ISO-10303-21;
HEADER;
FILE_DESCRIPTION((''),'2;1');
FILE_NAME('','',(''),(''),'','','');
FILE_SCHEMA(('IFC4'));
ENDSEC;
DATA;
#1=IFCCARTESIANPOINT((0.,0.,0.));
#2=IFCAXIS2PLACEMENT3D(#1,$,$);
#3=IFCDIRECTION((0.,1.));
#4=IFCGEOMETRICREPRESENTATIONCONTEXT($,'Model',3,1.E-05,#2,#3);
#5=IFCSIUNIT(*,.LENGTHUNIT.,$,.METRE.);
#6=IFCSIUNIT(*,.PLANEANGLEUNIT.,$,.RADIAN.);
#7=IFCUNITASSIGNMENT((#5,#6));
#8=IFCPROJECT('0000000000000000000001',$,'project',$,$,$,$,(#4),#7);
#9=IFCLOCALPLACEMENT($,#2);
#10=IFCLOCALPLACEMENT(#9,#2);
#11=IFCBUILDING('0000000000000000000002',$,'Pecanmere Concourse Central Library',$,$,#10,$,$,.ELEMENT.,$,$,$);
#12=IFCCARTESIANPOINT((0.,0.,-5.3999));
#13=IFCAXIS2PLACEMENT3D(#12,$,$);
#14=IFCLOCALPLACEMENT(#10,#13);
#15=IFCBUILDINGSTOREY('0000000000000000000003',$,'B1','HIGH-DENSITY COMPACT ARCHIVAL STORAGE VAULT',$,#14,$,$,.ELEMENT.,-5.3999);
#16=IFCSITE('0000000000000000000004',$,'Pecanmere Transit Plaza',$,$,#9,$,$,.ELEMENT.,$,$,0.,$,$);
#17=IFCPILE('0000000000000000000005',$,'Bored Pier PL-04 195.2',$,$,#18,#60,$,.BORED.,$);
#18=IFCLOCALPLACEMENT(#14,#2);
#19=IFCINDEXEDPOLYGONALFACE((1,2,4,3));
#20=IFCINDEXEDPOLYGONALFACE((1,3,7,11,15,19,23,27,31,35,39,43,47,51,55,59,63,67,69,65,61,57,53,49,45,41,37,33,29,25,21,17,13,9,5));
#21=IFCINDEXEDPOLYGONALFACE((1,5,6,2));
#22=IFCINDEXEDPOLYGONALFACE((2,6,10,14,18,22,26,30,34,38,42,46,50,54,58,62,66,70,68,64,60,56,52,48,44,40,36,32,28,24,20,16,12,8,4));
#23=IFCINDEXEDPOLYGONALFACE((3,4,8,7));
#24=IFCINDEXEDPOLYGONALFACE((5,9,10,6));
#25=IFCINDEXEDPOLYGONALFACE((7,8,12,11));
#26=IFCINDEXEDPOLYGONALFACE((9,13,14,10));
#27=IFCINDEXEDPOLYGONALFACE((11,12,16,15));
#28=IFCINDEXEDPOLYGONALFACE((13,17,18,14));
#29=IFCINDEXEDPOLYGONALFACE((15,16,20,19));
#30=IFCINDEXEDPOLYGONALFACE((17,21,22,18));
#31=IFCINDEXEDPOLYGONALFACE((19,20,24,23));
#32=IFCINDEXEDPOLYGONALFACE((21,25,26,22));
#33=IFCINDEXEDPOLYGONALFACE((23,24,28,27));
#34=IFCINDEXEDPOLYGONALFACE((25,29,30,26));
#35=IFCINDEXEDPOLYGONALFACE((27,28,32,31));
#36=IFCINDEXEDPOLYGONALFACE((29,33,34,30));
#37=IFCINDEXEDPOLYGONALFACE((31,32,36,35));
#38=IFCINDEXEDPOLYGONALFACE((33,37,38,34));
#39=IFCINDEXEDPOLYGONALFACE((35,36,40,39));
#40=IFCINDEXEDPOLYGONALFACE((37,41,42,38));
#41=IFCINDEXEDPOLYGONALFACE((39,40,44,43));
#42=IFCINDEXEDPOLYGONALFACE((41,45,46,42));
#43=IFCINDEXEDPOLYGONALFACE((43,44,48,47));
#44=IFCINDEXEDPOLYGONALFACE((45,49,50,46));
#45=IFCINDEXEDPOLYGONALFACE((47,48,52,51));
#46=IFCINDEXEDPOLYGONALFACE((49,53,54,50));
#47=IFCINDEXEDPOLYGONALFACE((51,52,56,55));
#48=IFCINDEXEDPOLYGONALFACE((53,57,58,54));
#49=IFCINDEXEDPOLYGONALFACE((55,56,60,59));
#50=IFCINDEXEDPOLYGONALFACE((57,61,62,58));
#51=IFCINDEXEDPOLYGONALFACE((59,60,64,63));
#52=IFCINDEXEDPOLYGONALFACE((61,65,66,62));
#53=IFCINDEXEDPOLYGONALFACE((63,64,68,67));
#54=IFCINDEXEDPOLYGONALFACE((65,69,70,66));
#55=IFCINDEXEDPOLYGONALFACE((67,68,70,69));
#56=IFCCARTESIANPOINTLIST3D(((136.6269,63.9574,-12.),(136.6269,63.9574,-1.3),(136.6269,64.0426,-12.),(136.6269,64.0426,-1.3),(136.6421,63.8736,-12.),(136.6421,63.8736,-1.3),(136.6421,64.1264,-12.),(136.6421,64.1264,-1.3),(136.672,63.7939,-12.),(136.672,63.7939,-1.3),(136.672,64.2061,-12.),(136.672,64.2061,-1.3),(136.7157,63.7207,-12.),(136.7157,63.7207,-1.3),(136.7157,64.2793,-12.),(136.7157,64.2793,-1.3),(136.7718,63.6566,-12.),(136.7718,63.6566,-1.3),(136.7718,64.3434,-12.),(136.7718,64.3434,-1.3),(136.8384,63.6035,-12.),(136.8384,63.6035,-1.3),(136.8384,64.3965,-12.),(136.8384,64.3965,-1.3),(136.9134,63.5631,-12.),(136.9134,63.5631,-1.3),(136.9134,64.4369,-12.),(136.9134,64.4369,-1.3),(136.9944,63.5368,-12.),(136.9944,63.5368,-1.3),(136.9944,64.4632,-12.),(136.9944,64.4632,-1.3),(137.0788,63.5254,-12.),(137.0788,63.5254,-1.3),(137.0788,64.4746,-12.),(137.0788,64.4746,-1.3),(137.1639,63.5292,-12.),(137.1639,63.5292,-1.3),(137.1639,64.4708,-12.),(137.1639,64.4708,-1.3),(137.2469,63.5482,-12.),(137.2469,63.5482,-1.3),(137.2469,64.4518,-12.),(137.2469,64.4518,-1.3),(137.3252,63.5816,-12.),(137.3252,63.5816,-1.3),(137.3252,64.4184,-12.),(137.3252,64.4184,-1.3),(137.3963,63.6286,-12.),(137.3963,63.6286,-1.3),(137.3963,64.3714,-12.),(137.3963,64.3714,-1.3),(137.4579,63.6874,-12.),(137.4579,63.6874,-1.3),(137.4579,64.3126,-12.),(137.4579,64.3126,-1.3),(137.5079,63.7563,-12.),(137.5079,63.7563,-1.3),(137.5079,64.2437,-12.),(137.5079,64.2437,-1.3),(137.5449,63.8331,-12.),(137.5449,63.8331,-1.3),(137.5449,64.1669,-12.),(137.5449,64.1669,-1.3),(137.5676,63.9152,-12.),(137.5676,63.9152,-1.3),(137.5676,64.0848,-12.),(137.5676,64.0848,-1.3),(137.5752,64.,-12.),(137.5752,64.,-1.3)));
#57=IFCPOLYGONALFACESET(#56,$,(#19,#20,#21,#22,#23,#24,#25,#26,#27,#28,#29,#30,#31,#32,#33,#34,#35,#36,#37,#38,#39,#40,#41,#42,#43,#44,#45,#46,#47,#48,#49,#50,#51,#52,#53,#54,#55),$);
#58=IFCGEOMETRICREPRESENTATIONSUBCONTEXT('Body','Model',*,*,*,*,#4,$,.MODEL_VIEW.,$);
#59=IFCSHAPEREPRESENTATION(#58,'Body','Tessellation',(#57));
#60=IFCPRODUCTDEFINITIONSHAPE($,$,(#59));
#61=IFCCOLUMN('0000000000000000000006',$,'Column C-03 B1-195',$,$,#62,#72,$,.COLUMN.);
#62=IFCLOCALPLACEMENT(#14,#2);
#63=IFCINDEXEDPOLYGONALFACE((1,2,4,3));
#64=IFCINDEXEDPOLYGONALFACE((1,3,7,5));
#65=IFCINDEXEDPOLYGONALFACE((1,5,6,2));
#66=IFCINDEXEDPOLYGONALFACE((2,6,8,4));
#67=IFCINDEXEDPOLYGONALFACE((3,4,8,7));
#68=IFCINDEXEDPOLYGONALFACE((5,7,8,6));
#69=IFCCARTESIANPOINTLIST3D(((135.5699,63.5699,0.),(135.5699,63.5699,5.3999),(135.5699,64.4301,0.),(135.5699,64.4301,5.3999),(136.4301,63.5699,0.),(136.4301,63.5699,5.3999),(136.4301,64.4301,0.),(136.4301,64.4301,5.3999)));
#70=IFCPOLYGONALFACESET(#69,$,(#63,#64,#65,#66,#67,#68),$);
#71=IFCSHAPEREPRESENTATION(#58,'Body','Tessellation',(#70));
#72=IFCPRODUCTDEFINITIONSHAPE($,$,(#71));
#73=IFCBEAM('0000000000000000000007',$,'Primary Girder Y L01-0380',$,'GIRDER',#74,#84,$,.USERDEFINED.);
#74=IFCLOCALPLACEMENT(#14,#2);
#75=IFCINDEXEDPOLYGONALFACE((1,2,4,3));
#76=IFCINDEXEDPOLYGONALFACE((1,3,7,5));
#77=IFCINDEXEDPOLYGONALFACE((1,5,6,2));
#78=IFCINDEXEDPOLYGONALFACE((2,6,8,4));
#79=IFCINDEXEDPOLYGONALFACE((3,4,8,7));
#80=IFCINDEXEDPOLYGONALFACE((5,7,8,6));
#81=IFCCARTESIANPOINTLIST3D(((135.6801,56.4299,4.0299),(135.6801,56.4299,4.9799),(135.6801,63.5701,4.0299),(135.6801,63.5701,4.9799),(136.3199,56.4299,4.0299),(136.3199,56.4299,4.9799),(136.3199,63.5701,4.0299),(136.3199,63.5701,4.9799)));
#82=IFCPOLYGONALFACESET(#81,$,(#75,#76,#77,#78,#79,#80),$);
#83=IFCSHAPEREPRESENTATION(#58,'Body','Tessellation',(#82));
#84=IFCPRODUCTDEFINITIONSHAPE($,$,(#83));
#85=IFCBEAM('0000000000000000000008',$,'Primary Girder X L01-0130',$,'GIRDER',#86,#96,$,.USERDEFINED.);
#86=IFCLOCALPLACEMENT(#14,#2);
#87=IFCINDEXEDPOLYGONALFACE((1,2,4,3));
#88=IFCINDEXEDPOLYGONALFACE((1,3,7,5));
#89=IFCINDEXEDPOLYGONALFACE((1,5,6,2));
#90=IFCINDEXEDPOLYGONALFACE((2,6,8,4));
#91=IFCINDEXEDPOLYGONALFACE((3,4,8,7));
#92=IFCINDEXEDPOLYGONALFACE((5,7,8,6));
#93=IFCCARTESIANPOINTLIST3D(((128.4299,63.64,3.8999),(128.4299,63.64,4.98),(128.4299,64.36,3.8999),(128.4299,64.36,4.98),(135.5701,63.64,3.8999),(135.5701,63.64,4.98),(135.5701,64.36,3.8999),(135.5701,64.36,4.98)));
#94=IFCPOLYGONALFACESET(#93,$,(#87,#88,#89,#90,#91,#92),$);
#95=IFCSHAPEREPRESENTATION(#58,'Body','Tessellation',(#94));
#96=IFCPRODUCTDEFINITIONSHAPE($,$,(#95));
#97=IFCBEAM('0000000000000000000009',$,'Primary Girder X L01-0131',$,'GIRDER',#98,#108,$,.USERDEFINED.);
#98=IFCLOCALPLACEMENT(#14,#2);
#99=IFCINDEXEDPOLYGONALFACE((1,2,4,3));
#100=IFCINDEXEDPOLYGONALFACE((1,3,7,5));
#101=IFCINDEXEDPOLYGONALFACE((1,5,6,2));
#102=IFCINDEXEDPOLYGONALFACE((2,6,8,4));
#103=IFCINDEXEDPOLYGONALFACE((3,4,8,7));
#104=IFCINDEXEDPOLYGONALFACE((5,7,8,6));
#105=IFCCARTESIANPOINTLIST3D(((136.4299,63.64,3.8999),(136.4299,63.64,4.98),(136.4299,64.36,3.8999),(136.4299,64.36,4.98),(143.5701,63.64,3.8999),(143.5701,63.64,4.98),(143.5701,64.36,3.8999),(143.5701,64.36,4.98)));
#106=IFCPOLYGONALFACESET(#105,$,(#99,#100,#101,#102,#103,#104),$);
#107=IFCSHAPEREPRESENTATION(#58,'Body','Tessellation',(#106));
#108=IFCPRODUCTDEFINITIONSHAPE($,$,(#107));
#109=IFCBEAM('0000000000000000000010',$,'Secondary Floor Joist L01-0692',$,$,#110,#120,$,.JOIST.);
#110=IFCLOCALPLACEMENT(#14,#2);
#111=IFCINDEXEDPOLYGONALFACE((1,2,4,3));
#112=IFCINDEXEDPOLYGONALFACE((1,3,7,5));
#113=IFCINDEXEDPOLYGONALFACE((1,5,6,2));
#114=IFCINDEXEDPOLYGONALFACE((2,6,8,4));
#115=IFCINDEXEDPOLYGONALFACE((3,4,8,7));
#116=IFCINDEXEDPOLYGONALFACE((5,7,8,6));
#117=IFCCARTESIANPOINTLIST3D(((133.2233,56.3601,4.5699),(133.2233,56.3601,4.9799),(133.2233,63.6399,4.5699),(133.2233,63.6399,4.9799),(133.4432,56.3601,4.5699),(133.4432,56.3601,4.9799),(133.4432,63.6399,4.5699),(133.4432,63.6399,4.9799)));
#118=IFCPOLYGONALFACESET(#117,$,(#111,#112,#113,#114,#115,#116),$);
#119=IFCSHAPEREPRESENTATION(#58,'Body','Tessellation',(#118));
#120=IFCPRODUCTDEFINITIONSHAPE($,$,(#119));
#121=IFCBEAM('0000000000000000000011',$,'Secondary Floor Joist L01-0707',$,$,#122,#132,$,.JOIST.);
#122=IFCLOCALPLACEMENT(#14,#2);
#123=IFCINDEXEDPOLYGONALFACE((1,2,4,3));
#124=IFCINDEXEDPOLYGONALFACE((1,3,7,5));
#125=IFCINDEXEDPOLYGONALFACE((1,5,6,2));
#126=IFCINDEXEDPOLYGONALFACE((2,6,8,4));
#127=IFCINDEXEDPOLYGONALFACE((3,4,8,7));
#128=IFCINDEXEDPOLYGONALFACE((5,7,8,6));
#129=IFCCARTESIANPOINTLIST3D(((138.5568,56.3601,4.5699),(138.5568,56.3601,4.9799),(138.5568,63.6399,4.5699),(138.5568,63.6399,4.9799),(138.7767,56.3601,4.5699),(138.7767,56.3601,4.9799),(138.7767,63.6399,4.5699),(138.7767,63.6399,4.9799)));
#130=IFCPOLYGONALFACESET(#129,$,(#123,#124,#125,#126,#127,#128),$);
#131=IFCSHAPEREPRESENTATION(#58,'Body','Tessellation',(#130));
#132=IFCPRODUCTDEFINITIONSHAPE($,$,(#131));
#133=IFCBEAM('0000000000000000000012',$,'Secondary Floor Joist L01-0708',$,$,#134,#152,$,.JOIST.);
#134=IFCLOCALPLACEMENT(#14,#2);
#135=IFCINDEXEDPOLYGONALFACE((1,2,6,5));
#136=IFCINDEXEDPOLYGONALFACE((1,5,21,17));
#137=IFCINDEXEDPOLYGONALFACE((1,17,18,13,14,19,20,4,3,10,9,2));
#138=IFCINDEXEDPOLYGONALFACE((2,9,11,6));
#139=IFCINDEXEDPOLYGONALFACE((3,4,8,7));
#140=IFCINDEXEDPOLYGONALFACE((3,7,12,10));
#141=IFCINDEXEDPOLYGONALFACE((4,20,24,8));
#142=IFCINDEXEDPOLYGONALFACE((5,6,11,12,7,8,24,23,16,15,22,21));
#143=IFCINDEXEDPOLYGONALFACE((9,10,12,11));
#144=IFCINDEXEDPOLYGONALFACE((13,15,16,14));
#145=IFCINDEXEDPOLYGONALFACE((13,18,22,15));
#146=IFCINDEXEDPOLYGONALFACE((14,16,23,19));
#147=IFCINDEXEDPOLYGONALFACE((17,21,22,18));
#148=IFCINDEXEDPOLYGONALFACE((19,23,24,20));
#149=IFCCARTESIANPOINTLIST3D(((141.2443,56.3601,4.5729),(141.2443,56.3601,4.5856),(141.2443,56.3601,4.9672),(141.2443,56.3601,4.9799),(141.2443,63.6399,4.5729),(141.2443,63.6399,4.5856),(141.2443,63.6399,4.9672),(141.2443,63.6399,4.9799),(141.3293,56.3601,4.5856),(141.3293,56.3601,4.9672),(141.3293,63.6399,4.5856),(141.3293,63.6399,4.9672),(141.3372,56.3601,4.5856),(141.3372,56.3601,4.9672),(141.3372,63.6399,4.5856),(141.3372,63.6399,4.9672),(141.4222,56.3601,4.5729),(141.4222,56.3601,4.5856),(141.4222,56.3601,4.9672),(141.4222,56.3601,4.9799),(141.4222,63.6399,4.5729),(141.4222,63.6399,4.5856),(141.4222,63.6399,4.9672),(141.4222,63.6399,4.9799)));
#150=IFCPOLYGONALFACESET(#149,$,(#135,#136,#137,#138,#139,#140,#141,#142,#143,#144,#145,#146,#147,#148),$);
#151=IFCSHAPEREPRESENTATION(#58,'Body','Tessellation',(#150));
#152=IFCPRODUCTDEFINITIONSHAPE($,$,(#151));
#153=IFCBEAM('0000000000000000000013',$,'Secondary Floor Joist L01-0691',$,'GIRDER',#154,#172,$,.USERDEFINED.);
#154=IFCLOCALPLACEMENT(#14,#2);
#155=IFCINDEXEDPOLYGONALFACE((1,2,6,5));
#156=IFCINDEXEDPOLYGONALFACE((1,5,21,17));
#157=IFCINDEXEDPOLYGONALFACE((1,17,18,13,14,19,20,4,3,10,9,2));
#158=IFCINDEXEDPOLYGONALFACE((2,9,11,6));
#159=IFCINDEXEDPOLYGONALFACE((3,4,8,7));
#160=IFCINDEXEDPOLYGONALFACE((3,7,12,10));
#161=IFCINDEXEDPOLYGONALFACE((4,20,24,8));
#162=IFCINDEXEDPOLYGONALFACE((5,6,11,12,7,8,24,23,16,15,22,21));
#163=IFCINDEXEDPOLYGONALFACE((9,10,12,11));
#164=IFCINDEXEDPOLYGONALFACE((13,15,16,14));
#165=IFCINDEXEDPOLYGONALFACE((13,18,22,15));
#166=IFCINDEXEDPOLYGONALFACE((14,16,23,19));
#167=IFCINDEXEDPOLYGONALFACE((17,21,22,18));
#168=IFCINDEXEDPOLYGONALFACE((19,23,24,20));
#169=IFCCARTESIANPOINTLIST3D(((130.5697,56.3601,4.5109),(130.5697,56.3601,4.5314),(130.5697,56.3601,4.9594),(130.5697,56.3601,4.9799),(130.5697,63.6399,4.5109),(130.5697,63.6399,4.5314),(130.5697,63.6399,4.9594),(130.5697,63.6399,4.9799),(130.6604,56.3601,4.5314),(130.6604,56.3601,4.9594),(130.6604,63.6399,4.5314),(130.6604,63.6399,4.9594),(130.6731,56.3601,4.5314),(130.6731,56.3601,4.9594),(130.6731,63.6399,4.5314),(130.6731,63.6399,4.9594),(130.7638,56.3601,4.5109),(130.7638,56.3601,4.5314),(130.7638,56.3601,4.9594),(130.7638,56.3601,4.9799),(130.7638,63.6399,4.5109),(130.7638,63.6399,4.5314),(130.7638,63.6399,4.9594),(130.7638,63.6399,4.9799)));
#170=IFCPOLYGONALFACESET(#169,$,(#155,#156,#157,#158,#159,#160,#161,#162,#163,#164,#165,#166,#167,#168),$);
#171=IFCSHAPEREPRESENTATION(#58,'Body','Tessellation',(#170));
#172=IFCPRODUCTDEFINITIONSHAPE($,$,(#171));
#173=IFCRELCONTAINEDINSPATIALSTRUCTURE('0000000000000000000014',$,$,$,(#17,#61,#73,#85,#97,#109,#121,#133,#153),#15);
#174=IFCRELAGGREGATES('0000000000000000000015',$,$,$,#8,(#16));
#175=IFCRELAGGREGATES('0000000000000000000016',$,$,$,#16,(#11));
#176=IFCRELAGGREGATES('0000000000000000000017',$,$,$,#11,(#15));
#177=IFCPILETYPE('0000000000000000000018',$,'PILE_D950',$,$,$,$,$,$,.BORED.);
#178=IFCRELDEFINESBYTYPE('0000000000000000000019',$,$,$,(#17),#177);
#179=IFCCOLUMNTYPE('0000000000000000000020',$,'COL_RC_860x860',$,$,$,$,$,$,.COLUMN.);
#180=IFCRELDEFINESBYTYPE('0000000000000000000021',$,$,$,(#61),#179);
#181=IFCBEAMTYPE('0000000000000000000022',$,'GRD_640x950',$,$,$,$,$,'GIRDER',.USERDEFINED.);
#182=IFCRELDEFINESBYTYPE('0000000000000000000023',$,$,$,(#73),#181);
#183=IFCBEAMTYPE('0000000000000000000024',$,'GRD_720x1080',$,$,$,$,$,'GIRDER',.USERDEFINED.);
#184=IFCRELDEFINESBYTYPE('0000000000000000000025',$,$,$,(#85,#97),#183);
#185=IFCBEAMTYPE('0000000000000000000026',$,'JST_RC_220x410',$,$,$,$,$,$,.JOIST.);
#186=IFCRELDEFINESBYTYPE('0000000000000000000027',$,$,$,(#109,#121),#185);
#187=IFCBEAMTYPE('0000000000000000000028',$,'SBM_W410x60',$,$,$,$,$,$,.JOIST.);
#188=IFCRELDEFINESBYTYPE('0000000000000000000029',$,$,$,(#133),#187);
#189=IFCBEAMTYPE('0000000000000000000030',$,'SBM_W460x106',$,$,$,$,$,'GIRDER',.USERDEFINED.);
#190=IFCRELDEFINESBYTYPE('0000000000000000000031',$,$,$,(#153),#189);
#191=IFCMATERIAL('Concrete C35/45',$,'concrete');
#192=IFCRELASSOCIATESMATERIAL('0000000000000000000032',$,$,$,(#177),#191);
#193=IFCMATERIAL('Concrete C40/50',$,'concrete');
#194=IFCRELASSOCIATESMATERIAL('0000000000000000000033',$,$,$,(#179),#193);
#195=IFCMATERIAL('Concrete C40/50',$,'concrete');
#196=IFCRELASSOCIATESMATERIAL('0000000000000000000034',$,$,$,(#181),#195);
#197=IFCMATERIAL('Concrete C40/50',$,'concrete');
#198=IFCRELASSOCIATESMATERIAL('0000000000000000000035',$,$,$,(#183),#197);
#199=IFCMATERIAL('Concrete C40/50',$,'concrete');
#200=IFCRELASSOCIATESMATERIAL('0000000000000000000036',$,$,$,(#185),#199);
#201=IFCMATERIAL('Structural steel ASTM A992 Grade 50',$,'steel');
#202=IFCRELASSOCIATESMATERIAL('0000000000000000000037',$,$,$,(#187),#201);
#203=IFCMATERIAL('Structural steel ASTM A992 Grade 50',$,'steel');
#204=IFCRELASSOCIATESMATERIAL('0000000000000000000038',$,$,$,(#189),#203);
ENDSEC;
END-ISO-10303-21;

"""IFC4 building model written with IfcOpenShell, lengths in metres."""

from ifc_helpers import new_model, si_unit, direction, frame, origin, origin_2d, place, context, subcontext, project, spatial, rectangle, circle, i_section, extrude, material, material_profile, profile_set, type_object, element, save


model = new_model("IFC4")

# Units and contexts
model_context = context("Model", 3, precision=1e-05, world=origin(), true_north=direction((0.0, 1.0)))
body_context = subcontext(model_context, "Body", "Model", "MODEL_VIEW")
ifc_project = project(units=[si_unit("LENGTHUNIT", "METRE"), si_unit("PLANEANGLEUNIT", "RADIAN")], contexts=[model_context])

# Site, building, storey
site_placement = place(None, origin())
site = spatial("IfcSite", under=ifc_project, at=site_placement, Name="Pecanmere Transit Plaza", CompositionType="ELEMENT", RefElevation=0.0)
building_placement = place(site_placement, origin())
building = spatial("IfcBuilding", under=site, at=building_placement, Name="Pecanmere Concourse Central Library", CompositionType="ELEMENT")
storey_placement = place(building_placement, frame((0.0, 0.0, -5.3999)))
storey = spatial("IfcBuildingStorey", under=building, at=storey_placement, Name="B1", Description="HIGH-DENSITY COMPACT ARCHIVAL STORAGE VAULT", CompositionType="ELEMENT", Elevation=-5.3999)

# Pile
ifc_material_1 = material(Name="Concrete C35/45", Category="concrete")
ifc_material_profile_1 = material_profile(ifc_material_1, circle(Radius=0.4751, at=origin_2d()), Name="PIER D950")
ifc_profile_set_1 = profile_set([ifc_material_profile_1], Name="Concrete C35/45")
pile_type_1 = type_object("IfcPileType", Name="PILE_D950", PredefinedType="BORED", material=ifc_profile_set_1)
for number, where, z_axis, x_axis, name in (
    (1, (137.1001, 64.0, -1.3), (0.0, 0.0, -1.0), (1.0, 0.0, 0.0), "Bored Pier PL-04 195.2"),
):
    element("IfcPile", number, at=place(storey_placement, frame(where, z_axis=z_axis, x_axis=x_axis)), inside=storey, type_object=pile_type_1, Name=name, PredefinedType="BORED", context=body_context, shape_type="SweptSolid", body=[
        extrude(circle(Radius=0.4751, at=origin_2d()), origin(), (0.0, 0.0, 1.0), 10.7),
    ])

# Column
ifc_material_2 = material(Name="Concrete C40/50", Category="concrete")
ifc_material_profile_2 = material_profile(ifc_material_2, rectangle(XDim=0.8601, YDim=0.8601, at=origin_2d()), Name="RC 860x860")
ifc_profile_set_2 = profile_set([ifc_material_profile_2], Name="Concrete C40/50")
column_type = type_object("IfcColumnType", Name="COL_RC_860x860", PredefinedType="COLUMN", material=ifc_profile_set_2)
column_placement = place(storey_placement, frame((136.0, 64.0, 0.0), z_axis=(0.0, 0.0, 1.0), x_axis=(1.0, 0.0, 0.0)))
element("IfcColumn", 2, at=column_placement, inside=storey, type_object=column_type, Name="Column C-03 B1-195", PredefinedType="COLUMN", context=body_context, shape_type="SweptSolid", body=[
    extrude(rectangle(XDim=0.8601, YDim=0.8601, at=origin_2d()), origin(), (0.0, 0.0, 1.0), 5.3999),
])

# Beams
ifc_material_3 = material(Name="Concrete C40/50", Category="concrete")
ifc_material_profile_3 = material_profile(ifc_material_3, rectangle(XDim=0.6399, YDim=0.95, at=origin_2d()), Name="RC 640x950")
ifc_profile_set_3 = profile_set([ifc_material_profile_3], Name="Concrete C40/50")
beam_type_1 = type_object("IfcBeamType", Name="GRD_640x950", ElementType="GIRDER", PredefinedType="USERDEFINED", material=ifc_profile_set_3)
beam_1_placement = place(storey_placement, frame((136.0, 56.4299, 4.5049), z_axis=(0.0, 1.0, 0.0), x_axis=(-1.0, 0.0, 0.0)))
element("IfcBeam", 3, at=beam_1_placement, inside=storey, type_object=beam_type_1, Name="Primary Girder Y L01-0380", ObjectType="GIRDER", PredefinedType="USERDEFINED", context=body_context, shape_type="SweptSolid", body=[
    extrude(rectangle(XDim=0.6399, YDim=0.95, at=origin_2d()), origin(), (0.0, 0.0, 1.0), 7.1401),
])
ifc_material_4 = material(Name="Concrete C40/50", Category="concrete")
ifc_material_profile_4 = material_profile(ifc_material_4, rectangle(XDim=0.72, YDim=1.0801, at=origin_2d()), Name="RC 720x1080")
ifc_profile_set_4 = profile_set([ifc_material_profile_4], Name="Concrete C40/50")
beam_type_2 = type_object("IfcBeamType", Name="GRD_720x1080", ElementType="GIRDER", PredefinedType="USERDEFINED", material=ifc_profile_set_4)
for number, where, z_axis, x_axis, name in (
    (4, (128.4299, 64.0, 4.4399), (1.0, 0.0, 0.0), (0.0, 1.0, 0.0), "Primary Girder X L01-0130"),
    (5, (136.4299, 64.0, 4.4399), (1.0, 0.0, 0.0), (0.0, 1.0, 0.0), "Primary Girder X L01-0131"),
):
    element("IfcBeam", number, at=place(storey_placement, frame(where, z_axis=z_axis, x_axis=x_axis)), inside=storey, type_object=beam_type_2, Name=name, ObjectType="GIRDER", PredefinedType="USERDEFINED", context=body_context, shape_type="SweptSolid", body=[
        extrude(rectangle(XDim=0.72, YDim=1.0801, at=origin_2d()), origin(), (0.0, 0.0, 1.0), 7.1401),
    ])
ifc_material_5 = material(Name="Concrete C40/50", Category="concrete")
ifc_material_profile_5 = material_profile(ifc_material_5, rectangle(XDim=0.22, YDim=0.4099, at=origin_2d()), Name="RC 220x410")
ifc_profile_set_5 = profile_set([ifc_material_profile_5], Name="Concrete C40/50")
beam_type_3 = type_object("IfcBeamType", Name="JST_RC_220x410", PredefinedType="JOIST", material=ifc_profile_set_5)
for number, where, z_axis, x_axis, name in (
    (6, (133.3333, 56.3601, 4.7749), (0.0, 1.0, 0.0), (-1.0, 0.0, 0.0), "Secondary Floor Joist L01-0692"),
    (7, (138.6667, 56.3601, 4.7749), (0.0, 1.0, 0.0), (-1.0, 0.0, 0.0), "Secondary Floor Joist L01-0707"),
):
    element("IfcBeam", number, at=place(storey_placement, frame(where, z_axis=z_axis, x_axis=x_axis)), inside=storey, type_object=beam_type_3, Name=name, PredefinedType="JOIST", context=body_context, shape_type="SweptSolid", body=[
        extrude(rectangle(XDim=0.22, YDim=0.4099, at=origin_2d()), origin(), (0.0, 0.0, 1.0), 7.2798),
    ])
ifc_material_6 = material(Name="Structural steel ASTM A992 Grade 50", Category="steel")
ifc_material_profile_6 = material_profile(ifc_material_6, i_section(OverallWidth=0.178, OverallDepth=0.407, WebThickness=0.0078, FlangeThickness=0.0127, at=origin_2d()), Name="W410x60")
ifc_profile_set_6 = profile_set([ifc_material_profile_6], Name="Structural steel ASTM A992 Grade 50")
beam_type_4 = type_object("IfcBeamType", Name="SBM_W410x60", PredefinedType="JOIST", material=ifc_profile_set_6)
beam_2_placement = place(storey_placement, frame((141.3333, 56.3601, 4.7764), z_axis=(0.0, 1.0, 0.0), x_axis=(-1.0, 0.0, 0.0)))
element("IfcBeam", 8, at=beam_2_placement, inside=storey, type_object=beam_type_4, Name="Secondary Floor Joist L01-0708", PredefinedType="JOIST", context=body_context, shape_type="SweptSolid", body=[
    extrude(i_section(OverallWidth=0.178, OverallDepth=0.407, WebThickness=0.0078, FlangeThickness=0.0127, at=origin_2d()), origin(), (0.0, 0.0, 1.0), 7.2798),
])
ifc_material_7 = material(Name="Structural steel ASTM A992 Grade 50", Category="steel")
ifc_material_profile_7 = material_profile(ifc_material_7, i_section(OverallWidth=0.1941, OverallDepth=0.469, WebThickness=0.0127, FlangeThickness=0.0205, at=origin_2d()), Name="W460x106")
ifc_profile_set_7 = profile_set([ifc_material_profile_7], Name="Structural steel ASTM A992 Grade 50")
beam_type_5 = type_object("IfcBeamType", Name="SBM_W460x106", ElementType="GIRDER", PredefinedType="USERDEFINED", material=ifc_profile_set_7)
beam_3_placement = place(storey_placement, frame((130.6667, 56.3601, 4.7454), z_axis=(0.0, 1.0, 0.0), x_axis=(-1.0, 0.0, 0.0)))
element("IfcBeam", 9, at=beam_3_placement, inside=storey, type_object=beam_type_5, Name="Secondary Floor Joist L01-0691", ObjectType="GIRDER", PredefinedType="USERDEFINED", context=body_context, shape_type="SweptSolid", body=[
    extrude(i_section(OverallWidth=0.1941, OverallDepth=0.469, WebThickness=0.0127, FlangeThickness=0.0205, at=origin_2d()), origin(), (0.0, 0.0, 1.0), 7.2798),
])

save(model, "model.ifc")
